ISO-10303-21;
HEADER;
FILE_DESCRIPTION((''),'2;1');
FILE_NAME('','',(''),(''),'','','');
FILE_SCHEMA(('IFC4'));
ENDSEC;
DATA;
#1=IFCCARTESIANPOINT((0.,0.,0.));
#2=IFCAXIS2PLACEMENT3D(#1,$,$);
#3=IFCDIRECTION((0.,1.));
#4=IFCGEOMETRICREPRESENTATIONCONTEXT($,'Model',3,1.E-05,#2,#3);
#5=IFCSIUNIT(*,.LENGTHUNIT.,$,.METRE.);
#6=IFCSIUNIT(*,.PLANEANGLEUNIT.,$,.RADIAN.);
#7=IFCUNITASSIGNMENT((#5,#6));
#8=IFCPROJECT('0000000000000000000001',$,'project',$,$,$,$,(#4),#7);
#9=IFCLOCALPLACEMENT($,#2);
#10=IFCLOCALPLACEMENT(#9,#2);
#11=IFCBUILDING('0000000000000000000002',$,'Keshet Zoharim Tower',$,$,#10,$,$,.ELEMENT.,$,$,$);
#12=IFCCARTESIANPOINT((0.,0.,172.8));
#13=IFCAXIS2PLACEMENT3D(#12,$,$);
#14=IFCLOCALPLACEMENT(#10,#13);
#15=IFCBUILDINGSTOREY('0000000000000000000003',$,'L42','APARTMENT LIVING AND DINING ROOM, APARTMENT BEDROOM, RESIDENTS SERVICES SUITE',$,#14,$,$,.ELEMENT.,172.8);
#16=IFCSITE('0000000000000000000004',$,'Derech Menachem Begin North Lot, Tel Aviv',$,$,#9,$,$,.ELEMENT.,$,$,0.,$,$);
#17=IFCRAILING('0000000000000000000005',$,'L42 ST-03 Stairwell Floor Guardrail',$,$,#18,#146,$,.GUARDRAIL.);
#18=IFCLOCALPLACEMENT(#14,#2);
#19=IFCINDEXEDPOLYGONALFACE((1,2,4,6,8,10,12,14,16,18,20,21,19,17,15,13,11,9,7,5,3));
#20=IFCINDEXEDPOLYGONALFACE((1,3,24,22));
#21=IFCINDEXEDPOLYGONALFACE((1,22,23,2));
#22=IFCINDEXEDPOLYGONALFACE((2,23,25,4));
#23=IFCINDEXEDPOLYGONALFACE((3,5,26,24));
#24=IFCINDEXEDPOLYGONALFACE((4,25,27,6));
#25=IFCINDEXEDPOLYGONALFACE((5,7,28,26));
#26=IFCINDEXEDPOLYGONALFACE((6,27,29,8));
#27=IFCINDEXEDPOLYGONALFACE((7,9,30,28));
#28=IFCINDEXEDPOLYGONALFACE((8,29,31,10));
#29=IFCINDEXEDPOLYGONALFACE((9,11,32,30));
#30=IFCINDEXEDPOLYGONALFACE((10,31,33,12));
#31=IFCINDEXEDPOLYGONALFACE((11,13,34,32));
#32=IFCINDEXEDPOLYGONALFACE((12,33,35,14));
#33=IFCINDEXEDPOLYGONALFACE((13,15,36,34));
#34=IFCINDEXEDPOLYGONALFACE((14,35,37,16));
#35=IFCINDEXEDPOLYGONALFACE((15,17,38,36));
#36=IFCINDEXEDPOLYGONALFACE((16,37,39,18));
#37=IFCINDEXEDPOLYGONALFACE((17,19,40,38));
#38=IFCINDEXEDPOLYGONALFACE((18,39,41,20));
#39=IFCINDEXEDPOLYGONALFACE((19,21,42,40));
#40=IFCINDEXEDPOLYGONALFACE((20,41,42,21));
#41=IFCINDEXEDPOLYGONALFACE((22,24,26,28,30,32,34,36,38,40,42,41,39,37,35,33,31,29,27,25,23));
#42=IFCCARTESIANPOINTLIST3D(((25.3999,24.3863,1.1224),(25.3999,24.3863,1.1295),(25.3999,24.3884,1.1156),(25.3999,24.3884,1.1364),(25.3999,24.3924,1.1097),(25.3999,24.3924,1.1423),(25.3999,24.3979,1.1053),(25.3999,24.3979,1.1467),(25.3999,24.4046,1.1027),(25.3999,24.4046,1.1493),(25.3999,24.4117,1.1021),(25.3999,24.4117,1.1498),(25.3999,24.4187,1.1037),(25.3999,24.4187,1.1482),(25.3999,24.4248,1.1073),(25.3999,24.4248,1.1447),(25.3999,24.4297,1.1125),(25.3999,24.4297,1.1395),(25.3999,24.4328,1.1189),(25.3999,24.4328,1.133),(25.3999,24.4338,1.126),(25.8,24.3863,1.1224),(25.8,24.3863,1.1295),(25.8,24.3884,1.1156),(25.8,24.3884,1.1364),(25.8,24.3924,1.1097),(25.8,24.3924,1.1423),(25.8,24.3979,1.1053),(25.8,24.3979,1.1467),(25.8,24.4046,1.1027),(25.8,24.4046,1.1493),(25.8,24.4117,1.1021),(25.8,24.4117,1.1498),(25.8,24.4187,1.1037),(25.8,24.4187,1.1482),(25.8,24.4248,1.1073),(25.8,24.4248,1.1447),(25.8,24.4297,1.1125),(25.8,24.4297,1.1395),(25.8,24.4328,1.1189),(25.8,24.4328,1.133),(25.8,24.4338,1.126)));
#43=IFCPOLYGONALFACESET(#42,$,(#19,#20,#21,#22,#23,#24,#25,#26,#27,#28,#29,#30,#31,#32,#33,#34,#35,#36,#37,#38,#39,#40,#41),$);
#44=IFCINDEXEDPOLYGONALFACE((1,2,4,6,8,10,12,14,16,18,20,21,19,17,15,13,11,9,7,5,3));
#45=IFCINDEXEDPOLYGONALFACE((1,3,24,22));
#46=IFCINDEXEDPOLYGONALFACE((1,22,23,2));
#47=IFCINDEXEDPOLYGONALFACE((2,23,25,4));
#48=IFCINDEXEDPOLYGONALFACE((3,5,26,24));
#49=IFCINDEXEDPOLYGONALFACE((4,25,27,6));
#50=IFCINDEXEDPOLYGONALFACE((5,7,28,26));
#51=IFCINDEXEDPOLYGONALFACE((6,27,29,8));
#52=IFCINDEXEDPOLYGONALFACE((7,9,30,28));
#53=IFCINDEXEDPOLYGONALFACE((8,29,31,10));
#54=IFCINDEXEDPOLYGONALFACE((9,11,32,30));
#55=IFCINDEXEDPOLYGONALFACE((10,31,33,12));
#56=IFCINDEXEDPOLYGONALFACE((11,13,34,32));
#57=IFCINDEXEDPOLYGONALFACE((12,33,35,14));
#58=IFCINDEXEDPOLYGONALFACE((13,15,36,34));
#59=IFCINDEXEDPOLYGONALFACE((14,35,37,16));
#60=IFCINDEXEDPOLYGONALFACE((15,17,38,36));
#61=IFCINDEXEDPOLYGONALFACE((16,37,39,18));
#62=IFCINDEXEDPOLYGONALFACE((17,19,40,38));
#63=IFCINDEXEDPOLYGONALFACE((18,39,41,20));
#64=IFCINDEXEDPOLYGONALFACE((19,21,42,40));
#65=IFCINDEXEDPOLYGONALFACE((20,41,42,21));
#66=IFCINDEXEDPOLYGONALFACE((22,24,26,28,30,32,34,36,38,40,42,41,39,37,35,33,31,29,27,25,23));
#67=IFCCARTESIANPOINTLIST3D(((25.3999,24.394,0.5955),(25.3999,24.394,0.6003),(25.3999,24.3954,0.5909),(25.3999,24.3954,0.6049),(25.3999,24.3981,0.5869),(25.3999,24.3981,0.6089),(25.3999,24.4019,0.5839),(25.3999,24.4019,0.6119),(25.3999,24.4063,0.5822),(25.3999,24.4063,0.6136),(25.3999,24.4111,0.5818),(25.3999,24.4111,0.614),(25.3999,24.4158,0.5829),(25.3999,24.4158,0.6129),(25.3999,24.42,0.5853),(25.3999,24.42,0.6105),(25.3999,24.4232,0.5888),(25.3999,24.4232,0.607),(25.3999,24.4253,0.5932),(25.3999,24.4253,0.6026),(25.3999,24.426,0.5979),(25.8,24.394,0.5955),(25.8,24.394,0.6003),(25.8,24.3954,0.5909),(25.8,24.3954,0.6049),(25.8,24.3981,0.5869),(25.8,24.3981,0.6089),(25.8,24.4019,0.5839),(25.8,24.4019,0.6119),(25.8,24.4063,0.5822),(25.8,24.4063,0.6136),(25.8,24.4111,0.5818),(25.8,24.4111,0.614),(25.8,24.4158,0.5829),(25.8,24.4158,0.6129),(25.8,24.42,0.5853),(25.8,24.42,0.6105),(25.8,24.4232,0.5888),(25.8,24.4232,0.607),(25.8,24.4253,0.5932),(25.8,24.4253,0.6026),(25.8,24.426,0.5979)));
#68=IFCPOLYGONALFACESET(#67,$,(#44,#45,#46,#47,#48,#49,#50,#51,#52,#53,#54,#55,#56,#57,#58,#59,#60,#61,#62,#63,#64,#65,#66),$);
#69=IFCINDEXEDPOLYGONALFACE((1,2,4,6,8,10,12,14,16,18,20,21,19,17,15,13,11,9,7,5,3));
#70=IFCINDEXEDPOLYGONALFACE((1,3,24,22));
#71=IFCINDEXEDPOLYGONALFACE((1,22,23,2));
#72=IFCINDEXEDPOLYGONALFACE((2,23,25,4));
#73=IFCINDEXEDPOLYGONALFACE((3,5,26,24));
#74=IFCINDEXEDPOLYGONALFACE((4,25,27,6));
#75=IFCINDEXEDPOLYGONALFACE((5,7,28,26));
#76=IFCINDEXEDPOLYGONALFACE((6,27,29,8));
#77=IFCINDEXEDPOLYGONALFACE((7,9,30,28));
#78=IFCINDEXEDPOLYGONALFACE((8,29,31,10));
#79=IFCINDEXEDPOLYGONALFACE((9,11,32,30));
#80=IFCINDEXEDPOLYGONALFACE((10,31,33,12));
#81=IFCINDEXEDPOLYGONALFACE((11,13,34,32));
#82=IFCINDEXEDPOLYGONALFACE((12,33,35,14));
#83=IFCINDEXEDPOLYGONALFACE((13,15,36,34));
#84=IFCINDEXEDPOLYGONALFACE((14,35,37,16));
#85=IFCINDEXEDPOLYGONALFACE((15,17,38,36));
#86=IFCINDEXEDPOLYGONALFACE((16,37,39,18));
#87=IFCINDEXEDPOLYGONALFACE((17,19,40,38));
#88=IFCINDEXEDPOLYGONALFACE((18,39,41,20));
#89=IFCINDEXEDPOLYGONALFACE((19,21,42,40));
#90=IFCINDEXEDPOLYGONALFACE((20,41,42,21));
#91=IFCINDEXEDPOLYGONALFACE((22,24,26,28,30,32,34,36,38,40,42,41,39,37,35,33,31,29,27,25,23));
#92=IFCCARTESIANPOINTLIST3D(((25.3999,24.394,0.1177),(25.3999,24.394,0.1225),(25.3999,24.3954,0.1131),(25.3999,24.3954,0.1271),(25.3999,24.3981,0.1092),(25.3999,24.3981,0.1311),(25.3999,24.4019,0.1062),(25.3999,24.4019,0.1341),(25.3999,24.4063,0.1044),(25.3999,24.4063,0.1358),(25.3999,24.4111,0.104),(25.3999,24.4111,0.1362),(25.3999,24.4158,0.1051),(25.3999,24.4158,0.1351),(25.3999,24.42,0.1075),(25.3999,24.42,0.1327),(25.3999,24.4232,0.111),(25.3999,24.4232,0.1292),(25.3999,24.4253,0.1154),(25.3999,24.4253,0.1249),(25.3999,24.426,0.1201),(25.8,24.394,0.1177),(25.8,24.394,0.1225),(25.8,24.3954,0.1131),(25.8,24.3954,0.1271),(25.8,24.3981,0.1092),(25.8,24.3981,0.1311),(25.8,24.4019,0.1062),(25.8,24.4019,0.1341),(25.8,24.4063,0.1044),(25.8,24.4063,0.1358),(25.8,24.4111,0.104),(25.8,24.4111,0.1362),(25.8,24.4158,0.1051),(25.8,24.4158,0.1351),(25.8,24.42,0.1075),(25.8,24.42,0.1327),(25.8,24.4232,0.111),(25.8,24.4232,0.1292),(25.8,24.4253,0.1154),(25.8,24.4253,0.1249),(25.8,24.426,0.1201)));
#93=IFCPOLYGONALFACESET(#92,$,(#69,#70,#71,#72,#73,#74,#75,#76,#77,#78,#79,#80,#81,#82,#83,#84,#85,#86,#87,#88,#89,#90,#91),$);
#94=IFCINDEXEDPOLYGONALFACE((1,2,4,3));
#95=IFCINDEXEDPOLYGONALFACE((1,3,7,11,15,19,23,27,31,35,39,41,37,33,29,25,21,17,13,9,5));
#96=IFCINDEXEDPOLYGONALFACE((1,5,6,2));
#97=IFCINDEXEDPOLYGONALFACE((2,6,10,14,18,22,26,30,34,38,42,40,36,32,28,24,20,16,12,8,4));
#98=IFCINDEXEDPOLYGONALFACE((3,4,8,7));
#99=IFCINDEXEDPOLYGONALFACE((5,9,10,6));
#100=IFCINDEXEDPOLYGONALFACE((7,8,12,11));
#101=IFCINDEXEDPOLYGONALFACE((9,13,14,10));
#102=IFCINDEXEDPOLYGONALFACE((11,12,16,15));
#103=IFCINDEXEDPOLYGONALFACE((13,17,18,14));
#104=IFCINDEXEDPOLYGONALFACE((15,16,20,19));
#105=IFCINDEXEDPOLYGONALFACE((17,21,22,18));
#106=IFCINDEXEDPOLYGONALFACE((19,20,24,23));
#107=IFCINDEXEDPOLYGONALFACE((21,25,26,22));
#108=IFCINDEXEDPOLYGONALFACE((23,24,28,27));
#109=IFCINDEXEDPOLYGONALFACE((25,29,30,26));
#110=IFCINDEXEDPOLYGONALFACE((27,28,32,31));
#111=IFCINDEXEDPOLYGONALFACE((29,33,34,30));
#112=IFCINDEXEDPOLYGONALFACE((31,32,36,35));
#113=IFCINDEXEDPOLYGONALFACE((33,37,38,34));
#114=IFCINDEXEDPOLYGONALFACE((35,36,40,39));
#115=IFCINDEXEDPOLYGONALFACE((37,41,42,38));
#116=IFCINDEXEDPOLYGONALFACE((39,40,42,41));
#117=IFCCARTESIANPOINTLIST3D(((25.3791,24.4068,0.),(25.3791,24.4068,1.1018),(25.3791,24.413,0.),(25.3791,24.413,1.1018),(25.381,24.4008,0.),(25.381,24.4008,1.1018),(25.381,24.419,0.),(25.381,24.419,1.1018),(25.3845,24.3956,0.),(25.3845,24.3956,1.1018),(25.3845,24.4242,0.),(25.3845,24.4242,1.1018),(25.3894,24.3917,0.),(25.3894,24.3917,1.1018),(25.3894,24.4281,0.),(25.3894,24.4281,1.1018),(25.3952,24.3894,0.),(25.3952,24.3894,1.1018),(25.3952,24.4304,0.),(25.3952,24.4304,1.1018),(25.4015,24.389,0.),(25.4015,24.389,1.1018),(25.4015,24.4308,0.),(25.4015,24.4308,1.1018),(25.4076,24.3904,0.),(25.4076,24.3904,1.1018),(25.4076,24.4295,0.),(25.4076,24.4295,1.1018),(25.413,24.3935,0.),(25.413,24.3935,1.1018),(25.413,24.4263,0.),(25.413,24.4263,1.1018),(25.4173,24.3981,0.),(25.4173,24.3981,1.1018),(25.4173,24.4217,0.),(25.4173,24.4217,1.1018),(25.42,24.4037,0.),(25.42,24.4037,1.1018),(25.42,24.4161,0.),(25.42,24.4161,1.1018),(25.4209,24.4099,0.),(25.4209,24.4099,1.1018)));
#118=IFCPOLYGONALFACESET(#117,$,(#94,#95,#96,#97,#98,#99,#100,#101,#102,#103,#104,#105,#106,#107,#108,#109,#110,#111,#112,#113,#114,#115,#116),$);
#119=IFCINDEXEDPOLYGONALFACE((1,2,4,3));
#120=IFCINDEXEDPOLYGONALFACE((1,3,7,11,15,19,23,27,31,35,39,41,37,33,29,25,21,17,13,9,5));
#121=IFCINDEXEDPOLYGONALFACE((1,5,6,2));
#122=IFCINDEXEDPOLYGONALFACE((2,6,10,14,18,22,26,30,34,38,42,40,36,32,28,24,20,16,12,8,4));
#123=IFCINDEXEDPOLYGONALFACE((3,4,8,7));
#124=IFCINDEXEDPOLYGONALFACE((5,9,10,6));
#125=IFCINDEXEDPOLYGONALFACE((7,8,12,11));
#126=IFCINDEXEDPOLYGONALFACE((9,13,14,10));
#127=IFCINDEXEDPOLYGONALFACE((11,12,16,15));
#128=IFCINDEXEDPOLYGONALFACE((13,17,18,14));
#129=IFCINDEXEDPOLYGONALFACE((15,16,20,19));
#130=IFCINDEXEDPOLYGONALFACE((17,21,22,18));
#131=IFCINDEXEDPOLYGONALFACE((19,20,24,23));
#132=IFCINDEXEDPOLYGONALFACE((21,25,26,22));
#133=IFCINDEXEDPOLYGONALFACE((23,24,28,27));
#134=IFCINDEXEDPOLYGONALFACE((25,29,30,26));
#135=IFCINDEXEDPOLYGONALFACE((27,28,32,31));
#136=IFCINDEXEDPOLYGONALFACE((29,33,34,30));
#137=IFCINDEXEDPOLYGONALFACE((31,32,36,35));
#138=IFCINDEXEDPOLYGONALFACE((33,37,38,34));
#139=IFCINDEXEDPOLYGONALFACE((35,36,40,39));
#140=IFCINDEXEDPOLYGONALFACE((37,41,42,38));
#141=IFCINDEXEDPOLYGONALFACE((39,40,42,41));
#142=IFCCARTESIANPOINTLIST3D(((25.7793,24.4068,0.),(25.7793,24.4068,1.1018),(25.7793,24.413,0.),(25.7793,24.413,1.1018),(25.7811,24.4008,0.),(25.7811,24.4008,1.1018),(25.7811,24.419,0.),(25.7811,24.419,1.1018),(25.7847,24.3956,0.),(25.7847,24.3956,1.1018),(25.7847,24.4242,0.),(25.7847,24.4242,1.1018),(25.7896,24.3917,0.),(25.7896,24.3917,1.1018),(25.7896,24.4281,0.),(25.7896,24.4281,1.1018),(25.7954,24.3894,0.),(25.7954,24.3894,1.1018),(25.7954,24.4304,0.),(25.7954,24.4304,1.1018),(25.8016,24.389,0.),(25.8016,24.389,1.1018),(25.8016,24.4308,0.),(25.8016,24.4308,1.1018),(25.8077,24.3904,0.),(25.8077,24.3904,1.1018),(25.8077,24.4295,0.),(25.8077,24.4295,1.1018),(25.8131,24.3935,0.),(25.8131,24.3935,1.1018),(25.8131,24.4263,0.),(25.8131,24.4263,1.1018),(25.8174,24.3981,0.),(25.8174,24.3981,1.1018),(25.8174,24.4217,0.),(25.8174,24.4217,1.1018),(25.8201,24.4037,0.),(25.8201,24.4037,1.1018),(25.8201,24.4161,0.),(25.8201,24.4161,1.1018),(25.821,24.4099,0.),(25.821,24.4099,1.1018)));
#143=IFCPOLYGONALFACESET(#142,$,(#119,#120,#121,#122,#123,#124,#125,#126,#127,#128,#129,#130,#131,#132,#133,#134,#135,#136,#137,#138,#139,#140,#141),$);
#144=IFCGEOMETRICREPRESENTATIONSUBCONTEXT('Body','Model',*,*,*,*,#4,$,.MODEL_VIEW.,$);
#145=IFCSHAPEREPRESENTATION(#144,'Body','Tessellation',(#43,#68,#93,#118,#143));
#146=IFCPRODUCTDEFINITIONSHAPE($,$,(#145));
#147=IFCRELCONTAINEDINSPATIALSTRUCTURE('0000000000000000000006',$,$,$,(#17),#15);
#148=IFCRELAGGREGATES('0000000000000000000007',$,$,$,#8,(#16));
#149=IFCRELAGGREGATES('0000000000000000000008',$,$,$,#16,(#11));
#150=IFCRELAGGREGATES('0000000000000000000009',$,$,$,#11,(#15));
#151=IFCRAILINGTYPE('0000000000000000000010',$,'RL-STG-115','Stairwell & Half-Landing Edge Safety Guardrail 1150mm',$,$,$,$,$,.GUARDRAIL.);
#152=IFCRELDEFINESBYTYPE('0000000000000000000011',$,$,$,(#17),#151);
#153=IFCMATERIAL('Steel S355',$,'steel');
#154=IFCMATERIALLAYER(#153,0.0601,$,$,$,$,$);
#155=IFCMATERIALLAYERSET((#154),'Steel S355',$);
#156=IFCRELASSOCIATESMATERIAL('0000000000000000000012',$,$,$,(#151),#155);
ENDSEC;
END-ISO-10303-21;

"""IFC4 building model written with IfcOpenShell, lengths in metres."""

from ifc_helpers import new_model, si_unit, direction, frame, origin, origin_2d, place, context, subcontext, project, spatial, circle, extrude, material, layer, layer_set, type_object, element, save


model = new_model("IFC4")

# Units and contexts
model_context = context("Model", 3, precision=1e-05, world=origin(), true_north=direction((0.0, 1.0)))
body_context = subcontext(model_context, "Body", "Model", "MODEL_VIEW")
ifc_project = project(units=[si_unit("LENGTHUNIT", "METRE"), si_unit("PLANEANGLEUNIT", "RADIAN")], contexts=[model_context])

# Site, building, storey
site_placement = place(None, origin())
site = spatial("IfcSite", under=ifc_project, at=site_placement, Name="Derech Menachem Begin North Lot, Tel Aviv", CompositionType="ELEMENT", RefElevation=0.0)
building_placement = place(site_placement, origin())
building = spatial("IfcBuilding", under=site, at=building_placement, Name="Keshet Zoharim Tower", CompositionType="ELEMENT")
storey_placement = place(building_placement, frame((0.0, 0.0, 172.8)))
storey = spatial("IfcBuildingStorey", under=building, at=storey_placement, Name="L42", Description="APARTMENT LIVING AND DINING ROOM, APARTMENT BEDROOM, RESIDENTS SERVICES SUITE", CompositionType="ELEMENT", Elevation=172.8)

# Railing
ifc_material_1 = material(Name="Steel S355", Category="steel")
ifc_layer_1 = layer(ifc_material_1, 0.0601)
ifc_layer_set_1 = layer_set([ifc_layer_1], Name="Steel S355")
railing_type_1 = type_object("IfcRailingType", Name="RL-STG-115", Description="Stairwell & Half-Landing Edge Safety Guardrail 1150mm", PredefinedType="GUARDRAIL", material=ifc_layer_set_1)
railing_1_placement = place(storey_placement, frame((25.3999, 24.4099, 0.0)))
element("IfcRailing", 1, at=railing_1_placement, inside=storey, type_object=railing_type_1, Name="L42 ST-03 Stairwell Floor Guardrail", PredefinedType="GUARDRAIL", context=body_context, shape_type="SweptSolid", body=[
    extrude(circle(Radius=0.0239, at=origin_2d()), frame((0.0, 0.0, 1.126), z_axis=(1.0, 0.0, 0.0), x_axis=(0.0, 1.0, 0.0)), (0.0, 0.0, 1.0), 0.4001),
    extrude(circle(Radius=0.0161, at=origin_2d()), frame((0.0, 0.0, 0.5979), z_axis=(1.0, 0.0, 0.0), x_axis=(0.0, 1.0, 0.0)), (0.0, 0.0, 1.0), 0.4001),
    extrude(circle(Radius=0.0161, at=origin_2d()), frame((0.0, 0.0, 0.1201), z_axis=(1.0, 0.0, 0.0), x_axis=(0.0, 1.0, 0.0)), (0.0, 0.0, 1.0), 0.4001),
    extrude(circle(Radius=0.021, at=origin_2d()), origin(), (0.0, 0.0, 1.0), 1.1018),
    extrude(circle(Radius=0.021, at=origin_2d()), frame((0.4001, 0.0, 0.0)), (0.0, 0.0, 1.0), 1.1018),
])

save(model, "model.ifc")
